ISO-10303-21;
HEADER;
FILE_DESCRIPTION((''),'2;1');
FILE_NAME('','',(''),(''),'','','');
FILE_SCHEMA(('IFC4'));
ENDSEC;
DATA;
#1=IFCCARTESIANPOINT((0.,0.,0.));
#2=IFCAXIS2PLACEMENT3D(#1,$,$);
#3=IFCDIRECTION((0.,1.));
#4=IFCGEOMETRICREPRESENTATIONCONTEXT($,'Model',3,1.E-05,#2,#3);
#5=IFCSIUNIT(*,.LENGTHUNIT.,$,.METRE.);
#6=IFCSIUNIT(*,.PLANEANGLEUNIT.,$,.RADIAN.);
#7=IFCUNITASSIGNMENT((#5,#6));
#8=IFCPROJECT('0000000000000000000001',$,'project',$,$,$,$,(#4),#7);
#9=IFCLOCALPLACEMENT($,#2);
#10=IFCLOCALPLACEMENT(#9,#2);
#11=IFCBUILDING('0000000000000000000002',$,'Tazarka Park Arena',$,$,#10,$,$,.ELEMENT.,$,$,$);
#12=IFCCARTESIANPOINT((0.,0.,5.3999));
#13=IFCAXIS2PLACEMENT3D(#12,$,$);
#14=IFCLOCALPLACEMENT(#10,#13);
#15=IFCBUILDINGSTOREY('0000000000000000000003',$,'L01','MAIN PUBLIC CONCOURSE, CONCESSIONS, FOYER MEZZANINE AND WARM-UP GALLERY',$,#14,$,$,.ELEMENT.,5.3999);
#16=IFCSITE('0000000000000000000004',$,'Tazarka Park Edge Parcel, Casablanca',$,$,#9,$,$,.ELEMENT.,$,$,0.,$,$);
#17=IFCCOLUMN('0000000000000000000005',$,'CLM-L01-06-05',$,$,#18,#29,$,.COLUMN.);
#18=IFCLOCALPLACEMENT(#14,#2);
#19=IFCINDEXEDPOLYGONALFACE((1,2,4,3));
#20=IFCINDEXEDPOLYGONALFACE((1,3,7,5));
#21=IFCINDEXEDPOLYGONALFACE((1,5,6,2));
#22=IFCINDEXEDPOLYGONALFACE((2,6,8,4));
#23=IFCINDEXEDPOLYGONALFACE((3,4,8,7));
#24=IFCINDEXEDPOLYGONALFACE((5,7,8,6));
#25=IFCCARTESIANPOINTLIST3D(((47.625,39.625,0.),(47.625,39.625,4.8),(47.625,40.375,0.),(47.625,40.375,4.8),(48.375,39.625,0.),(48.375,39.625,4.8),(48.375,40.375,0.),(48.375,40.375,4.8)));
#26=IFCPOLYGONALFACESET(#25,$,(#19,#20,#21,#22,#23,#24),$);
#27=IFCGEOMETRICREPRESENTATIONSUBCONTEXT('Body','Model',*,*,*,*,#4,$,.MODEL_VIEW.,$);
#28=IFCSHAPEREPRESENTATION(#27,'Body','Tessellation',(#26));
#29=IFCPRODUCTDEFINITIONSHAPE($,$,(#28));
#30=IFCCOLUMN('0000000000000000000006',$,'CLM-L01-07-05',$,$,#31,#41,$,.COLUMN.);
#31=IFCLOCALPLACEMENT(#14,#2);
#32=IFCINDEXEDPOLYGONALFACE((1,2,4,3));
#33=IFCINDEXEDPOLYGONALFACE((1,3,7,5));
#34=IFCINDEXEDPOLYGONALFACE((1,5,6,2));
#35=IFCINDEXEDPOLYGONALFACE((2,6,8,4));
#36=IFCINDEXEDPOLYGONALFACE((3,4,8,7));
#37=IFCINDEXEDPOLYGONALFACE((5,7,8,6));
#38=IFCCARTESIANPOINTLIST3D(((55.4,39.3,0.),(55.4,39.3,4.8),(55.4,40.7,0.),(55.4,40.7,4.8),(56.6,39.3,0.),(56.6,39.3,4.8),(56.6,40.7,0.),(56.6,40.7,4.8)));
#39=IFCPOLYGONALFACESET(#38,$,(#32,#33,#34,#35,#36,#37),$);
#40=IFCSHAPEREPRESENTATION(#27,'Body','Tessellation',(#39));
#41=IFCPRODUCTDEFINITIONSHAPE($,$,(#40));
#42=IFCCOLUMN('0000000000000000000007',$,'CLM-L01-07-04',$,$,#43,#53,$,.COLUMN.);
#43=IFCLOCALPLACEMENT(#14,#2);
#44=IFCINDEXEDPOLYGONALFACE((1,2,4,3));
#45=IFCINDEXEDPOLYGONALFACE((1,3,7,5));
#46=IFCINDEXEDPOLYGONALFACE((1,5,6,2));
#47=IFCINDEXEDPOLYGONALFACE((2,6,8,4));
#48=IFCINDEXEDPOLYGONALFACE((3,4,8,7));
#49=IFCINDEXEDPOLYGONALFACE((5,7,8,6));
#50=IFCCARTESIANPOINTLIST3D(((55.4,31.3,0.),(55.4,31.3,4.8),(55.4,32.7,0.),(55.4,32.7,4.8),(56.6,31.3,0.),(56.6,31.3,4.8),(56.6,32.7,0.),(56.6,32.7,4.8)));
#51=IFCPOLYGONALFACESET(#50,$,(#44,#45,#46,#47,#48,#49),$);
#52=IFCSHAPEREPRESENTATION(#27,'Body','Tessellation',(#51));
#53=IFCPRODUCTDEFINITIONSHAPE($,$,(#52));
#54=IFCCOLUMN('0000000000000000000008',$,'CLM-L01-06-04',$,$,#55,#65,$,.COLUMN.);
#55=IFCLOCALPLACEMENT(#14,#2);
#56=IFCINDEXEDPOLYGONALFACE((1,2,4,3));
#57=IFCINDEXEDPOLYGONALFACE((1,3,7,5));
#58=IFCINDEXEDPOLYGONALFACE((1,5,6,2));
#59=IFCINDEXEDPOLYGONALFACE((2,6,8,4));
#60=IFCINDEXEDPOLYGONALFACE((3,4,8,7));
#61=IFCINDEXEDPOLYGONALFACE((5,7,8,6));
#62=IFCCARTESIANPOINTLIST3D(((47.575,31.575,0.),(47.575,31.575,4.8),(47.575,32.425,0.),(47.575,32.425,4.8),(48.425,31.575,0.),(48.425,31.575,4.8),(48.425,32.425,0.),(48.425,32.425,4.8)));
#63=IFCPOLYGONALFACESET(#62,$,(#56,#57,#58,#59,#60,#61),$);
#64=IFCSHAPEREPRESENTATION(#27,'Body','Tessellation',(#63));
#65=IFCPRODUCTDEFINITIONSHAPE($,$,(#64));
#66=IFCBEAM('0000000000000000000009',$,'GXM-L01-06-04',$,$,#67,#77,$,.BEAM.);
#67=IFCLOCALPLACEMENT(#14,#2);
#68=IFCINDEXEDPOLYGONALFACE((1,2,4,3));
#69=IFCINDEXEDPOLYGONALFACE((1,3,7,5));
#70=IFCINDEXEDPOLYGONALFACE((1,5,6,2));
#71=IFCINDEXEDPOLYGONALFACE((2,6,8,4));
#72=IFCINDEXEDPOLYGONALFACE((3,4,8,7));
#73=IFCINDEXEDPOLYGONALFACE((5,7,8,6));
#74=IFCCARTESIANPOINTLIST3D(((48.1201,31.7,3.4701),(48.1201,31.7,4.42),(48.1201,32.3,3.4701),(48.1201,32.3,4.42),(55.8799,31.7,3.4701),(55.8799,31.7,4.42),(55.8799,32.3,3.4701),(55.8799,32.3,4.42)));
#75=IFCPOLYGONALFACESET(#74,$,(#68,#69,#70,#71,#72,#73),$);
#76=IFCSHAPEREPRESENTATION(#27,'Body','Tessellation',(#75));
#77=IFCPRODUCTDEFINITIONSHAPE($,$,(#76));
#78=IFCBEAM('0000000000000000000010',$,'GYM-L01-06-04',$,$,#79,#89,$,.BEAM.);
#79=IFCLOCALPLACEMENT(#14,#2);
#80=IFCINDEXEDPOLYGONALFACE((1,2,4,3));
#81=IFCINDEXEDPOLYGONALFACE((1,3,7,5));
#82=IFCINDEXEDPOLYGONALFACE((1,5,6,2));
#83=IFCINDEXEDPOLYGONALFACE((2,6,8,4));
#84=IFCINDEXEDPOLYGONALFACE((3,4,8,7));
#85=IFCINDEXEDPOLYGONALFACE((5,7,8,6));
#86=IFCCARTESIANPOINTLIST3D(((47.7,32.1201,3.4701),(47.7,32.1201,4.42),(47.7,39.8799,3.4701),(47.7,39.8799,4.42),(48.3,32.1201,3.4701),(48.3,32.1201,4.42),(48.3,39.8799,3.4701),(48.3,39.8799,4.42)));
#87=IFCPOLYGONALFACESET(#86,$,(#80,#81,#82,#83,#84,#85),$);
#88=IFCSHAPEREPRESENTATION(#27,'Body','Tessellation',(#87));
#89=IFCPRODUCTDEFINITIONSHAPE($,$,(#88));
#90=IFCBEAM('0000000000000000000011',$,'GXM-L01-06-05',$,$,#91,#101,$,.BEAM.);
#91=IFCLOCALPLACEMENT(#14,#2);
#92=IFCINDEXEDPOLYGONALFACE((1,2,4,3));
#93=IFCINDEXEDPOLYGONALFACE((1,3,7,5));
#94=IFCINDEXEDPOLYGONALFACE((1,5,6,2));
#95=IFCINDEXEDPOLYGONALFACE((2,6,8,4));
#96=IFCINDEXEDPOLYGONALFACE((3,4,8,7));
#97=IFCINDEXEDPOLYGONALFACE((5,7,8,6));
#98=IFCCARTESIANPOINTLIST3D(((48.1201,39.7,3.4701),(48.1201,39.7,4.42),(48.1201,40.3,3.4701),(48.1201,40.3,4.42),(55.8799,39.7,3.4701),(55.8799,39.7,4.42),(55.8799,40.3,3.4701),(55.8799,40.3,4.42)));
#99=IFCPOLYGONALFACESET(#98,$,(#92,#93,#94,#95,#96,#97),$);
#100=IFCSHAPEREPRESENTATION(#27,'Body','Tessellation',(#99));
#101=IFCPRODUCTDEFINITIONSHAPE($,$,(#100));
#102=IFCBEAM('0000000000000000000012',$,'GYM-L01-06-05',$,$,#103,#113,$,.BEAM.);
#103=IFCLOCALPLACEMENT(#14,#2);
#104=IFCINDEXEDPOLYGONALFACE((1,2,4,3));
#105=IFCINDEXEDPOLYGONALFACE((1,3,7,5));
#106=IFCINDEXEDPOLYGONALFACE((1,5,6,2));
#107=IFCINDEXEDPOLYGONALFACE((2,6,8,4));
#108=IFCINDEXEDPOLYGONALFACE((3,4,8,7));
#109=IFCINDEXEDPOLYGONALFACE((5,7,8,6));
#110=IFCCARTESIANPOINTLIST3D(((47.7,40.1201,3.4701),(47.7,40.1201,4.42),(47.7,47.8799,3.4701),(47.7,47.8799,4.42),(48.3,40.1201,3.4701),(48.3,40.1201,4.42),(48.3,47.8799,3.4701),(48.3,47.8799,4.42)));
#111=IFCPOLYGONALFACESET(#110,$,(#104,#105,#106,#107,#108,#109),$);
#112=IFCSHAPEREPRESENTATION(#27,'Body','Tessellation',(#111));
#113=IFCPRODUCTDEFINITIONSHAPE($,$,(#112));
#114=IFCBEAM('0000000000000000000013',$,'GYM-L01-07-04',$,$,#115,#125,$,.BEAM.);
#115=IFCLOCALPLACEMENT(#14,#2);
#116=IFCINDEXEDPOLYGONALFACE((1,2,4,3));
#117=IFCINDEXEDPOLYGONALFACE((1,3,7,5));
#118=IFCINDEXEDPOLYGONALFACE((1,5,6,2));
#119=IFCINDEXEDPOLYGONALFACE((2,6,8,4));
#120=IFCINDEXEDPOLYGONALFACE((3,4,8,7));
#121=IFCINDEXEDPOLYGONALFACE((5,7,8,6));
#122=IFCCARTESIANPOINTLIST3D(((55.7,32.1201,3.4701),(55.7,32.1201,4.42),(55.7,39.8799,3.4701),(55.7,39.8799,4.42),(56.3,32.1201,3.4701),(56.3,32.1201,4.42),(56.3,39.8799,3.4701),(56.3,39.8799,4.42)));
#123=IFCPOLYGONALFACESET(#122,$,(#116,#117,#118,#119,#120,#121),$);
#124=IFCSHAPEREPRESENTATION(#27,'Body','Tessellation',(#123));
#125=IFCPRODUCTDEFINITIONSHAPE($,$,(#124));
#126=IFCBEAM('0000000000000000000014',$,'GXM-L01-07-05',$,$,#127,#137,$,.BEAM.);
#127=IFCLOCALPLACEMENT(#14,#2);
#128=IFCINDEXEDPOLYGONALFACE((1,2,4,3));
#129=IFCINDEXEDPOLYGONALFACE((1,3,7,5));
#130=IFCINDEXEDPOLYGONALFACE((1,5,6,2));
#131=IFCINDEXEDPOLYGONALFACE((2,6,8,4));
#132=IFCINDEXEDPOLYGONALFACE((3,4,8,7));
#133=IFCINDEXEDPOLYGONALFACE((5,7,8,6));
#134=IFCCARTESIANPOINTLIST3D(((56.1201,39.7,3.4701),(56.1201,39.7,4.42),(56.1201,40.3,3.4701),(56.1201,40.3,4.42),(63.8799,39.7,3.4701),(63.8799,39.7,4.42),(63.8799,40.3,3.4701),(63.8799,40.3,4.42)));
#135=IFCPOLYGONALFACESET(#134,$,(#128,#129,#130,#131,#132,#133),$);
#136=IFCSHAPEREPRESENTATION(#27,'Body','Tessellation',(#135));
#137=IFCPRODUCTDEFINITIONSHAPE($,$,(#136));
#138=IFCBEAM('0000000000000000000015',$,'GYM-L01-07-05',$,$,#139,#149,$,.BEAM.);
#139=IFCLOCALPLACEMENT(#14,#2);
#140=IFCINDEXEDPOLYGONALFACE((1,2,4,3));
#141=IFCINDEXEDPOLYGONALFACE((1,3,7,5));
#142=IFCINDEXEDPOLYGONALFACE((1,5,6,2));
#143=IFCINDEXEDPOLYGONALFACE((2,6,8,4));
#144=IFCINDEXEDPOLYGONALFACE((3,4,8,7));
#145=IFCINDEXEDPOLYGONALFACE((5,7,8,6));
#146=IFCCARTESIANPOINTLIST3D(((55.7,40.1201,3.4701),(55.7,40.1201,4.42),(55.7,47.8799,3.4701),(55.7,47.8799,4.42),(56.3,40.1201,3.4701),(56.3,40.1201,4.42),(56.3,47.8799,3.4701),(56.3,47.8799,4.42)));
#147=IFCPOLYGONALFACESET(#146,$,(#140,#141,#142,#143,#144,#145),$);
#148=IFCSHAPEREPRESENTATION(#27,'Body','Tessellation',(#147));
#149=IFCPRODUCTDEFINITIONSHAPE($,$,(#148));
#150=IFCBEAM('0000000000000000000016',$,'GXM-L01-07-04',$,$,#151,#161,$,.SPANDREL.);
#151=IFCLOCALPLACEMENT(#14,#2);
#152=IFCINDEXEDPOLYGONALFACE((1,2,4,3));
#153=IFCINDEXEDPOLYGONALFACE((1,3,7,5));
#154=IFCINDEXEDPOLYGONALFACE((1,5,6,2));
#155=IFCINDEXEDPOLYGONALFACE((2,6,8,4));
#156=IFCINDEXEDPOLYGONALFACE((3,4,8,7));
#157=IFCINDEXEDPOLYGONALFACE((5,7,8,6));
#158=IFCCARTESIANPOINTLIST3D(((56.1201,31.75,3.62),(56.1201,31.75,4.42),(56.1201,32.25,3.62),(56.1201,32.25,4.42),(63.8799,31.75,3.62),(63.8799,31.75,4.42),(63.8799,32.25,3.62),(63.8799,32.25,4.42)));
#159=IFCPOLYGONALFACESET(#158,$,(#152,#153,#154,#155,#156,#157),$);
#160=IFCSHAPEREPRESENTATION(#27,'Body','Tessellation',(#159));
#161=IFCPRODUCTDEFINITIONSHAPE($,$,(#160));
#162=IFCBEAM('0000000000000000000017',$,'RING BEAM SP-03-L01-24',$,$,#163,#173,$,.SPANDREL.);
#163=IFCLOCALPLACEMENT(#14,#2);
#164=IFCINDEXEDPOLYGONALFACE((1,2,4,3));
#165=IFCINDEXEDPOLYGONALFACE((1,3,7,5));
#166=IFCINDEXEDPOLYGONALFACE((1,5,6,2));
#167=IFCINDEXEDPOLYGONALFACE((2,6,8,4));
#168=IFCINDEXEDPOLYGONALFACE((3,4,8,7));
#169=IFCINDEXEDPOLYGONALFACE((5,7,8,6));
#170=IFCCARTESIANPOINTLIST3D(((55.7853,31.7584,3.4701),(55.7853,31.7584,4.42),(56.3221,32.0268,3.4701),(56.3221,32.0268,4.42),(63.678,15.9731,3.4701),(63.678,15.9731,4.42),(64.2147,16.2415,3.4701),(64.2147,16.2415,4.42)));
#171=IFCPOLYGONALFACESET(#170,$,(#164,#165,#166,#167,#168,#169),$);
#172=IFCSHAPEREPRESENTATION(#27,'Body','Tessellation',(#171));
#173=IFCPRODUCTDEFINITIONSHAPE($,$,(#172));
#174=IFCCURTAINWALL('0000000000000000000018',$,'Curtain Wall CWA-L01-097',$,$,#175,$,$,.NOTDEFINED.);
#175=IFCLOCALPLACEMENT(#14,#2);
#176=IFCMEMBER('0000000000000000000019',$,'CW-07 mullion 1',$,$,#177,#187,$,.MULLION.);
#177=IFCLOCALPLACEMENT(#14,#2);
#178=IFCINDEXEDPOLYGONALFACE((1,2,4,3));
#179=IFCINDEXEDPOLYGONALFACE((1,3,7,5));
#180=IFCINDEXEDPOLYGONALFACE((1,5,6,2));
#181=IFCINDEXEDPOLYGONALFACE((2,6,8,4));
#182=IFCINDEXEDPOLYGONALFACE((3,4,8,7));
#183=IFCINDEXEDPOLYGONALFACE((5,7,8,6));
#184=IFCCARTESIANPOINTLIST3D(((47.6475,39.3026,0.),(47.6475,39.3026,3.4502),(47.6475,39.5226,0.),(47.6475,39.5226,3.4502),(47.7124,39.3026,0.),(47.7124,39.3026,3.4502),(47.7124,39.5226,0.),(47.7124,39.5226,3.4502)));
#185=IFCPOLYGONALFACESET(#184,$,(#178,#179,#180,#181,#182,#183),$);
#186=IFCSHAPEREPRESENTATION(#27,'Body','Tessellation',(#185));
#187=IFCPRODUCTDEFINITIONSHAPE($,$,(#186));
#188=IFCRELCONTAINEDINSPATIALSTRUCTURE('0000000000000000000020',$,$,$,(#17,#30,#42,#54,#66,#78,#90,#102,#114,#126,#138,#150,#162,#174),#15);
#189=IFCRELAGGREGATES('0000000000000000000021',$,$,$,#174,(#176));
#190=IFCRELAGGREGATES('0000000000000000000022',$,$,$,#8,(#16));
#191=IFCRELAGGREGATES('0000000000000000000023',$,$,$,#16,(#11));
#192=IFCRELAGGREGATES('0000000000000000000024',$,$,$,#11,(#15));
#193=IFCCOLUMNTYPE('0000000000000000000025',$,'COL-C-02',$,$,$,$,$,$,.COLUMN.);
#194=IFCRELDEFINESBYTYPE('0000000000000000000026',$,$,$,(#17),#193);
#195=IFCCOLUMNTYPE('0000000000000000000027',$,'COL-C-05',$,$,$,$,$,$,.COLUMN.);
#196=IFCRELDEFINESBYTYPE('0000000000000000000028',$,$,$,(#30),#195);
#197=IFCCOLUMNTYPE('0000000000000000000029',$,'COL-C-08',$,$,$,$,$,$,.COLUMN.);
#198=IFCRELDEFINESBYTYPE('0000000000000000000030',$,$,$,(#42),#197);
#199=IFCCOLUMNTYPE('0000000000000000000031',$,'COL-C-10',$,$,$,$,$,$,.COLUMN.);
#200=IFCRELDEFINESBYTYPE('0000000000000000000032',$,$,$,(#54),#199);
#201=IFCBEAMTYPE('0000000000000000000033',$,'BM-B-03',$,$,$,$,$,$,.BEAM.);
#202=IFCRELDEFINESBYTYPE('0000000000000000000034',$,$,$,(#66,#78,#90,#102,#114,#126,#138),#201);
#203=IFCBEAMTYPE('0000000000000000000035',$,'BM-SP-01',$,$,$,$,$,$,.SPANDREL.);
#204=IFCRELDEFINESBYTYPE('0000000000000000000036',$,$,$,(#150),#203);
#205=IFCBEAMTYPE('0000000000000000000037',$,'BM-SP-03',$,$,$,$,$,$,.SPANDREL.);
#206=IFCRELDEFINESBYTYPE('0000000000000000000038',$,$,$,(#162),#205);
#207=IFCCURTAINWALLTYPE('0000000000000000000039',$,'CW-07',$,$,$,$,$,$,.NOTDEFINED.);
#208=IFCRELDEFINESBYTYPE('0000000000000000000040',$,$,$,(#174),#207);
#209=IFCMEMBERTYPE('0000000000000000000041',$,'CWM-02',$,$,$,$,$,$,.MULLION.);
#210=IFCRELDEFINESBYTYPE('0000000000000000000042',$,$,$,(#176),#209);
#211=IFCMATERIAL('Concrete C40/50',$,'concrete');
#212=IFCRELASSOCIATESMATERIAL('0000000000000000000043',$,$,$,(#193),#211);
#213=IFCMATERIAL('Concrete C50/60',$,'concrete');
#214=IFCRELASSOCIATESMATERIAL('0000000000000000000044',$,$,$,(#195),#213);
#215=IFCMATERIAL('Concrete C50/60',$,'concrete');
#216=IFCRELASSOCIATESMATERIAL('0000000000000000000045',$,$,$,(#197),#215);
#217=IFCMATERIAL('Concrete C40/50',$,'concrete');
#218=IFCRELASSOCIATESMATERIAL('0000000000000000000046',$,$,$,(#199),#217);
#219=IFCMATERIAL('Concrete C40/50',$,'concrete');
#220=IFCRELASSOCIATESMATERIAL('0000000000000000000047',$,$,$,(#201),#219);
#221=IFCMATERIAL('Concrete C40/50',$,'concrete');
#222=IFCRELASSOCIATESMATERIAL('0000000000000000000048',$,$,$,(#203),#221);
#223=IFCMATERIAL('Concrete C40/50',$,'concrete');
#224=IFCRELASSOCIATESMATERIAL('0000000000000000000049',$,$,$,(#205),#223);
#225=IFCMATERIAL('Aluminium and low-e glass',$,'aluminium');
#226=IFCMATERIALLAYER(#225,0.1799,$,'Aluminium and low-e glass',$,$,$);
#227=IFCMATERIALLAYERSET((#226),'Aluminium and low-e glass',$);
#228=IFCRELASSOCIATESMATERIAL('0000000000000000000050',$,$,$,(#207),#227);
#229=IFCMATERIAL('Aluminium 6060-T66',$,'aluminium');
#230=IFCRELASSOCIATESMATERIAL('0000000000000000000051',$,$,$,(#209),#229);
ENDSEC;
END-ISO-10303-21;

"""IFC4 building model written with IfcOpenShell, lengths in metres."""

from ifc_helpers import new_model, si_unit, direction, frame, origin, origin_2d, place, context, subcontext, project, spatial, rectangle, extrude, material, layer, layer_set, material_profile, profile_set, type_object, element, aggregate, save


model = new_model("IFC4")

# Units and contexts
model_context = context("Model", 3, precision=1e-05, world=origin(), true_north=direction((0.0, 1.0)))
body_context = subcontext(model_context, "Body", "Model", "MODEL_VIEW")
ifc_project = project(units=[si_unit("LENGTHUNIT", "METRE"), si_unit("PLANEANGLEUNIT", "RADIAN")], contexts=[model_context])

# Site, building, storey
site_placement = place(None, origin())
site = spatial("IfcSite", under=ifc_project, at=site_placement, Name="Tazarka Park Edge Parcel, Casablanca", CompositionType="ELEMENT", RefElevation=0.0)
building_placement = place(site_placement, origin())
building = spatial("IfcBuilding", under=site, at=building_placement, Name="Tazarka Park Arena", CompositionType="ELEMENT")
storey_placement = place(building_placement, frame((0.0, 0.0, 5.3999)))
storey = spatial("IfcBuildingStorey", under=building, at=storey_placement, Name="L01", Description="MAIN PUBLIC CONCOURSE, CONCESSIONS, FOYER MEZZANINE AND WARM-UP GALLERY", CompositionType="ELEMENT", Elevation=5.3999)

# Columns
ifc_material_1 = material(Name="Concrete C40/50", Category="concrete")
ifc_material_profile_1 = material_profile(ifc_material_1, rectangle(XDim=0.75, YDim=0.75, at=origin_2d()), Name="Concrete C40/50")
ifc_profile_set_1 = profile_set([ifc_material_profile_1], Name="Concrete C40/50")
column_type_1 = type_object("IfcColumnType", Name="COL-C-02", PredefinedType="COLUMN", material=ifc_profile_set_1)
column_1_placement = place(storey_placement, frame((48.0, 40.0, 0.0), z_axis=(0.0, 0.0, 1.0), x_axis=(1.0, 0.0, 0.0)))
element("IfcColumn", 1, at=column_1_placement, inside=storey, type_object=column_type_1, Name="CLM-L01-06-05", PredefinedType="COLUMN", context=body_context, shape_type="SweptSolid", body=[
    extrude(rectangle(XDim=0.75, YDim=0.75, at=origin_2d()), origin(), (0.0, 0.0, 1.0), 4.8),
])
ifc_material_2 = material(Name="Concrete C50/60", Category="concrete")
ifc_material_profile_2 = material_profile(ifc_material_2, rectangle(XDim=1.2, YDim=1.3999, at=origin_2d()), Name="Concrete C50/60")
ifc_profile_set_2 = profile_set([ifc_material_profile_2], Name="Concrete C50/60")
column_type_2 = type_object("IfcColumnType", Name="COL-C-05", PredefinedType="COLUMN", material=ifc_profile_set_2)
column_2_placement = place(storey_placement, frame((56.0, 40.0, 0.0), z_axis=(0.0, 0.0, 1.0), x_axis=(1.0, 0.0, 0.0)))
element("IfcColumn", 2, at=column_2_placement, inside=storey, type_object=column_type_2, Name="CLM-L01-07-05", PredefinedType="COLUMN", context=body_context, shape_type="SweptSolid", body=[
    extrude(rectangle(XDim=1.2, YDim=1.3999, at=origin_2d()), origin(), (0.0, 0.0, 1.0), 4.8),
])
ifc_material_3 = material(Name="Concrete C50/60", Category="concrete")
ifc_material_profile_3 = material_profile(ifc_material_3, rectangle(XDim=1.2, YDim=1.3999, at=origin_2d()), Name="Concrete C50/60")
ifc_profile_set_3 = profile_set([ifc_material_profile_3], Name="Concrete C50/60")
column_type_3 = type_object("IfcColumnType", Name="COL-C-08", PredefinedType="COLUMN", material=ifc_profile_set_3)
column_3_placement = place(storey_placement, frame((56.0, 32.0, 0.0), z_axis=(0.0, 0.0, 1.0), x_axis=(1.0, 0.0, 0.0)))
element("IfcColumn", 3, at=column_3_placement, inside=storey, type_object=column_type_3, Name="CLM-L01-07-04", PredefinedType="COLUMN", context=body_context, shape_type="SweptSolid", body=[
    extrude(rectangle(XDim=1.2, YDim=1.3999, at=origin_2d()), origin(), (0.0, 0.0, 1.0), 4.8),
])
ifc_material_4 = material(Name="Concrete C40/50", Category="concrete")
ifc_material_profile_4 = material_profile(ifc_material_4, rectangle(XDim=0.8501, YDim=0.8501, at=origin_2d()), Name="Concrete C40/50")
ifc_profile_set_4 = profile_set([ifc_material_profile_4], Name="Concrete C40/50")
column_type_4 = type_object("IfcColumnType", Name="COL-C-10", PredefinedType="COLUMN", material=ifc_profile_set_4)
column_4_placement = place(storey_placement, frame((48.0, 32.0, 0.0), z_axis=(0.0, 0.0, 1.0), x_axis=(1.0, 0.0, 0.0)))
element("IfcColumn", 4, at=column_4_placement, inside=storey, type_object=column_type_4, Name="CLM-L01-06-04", PredefinedType="COLUMN", context=body_context, shape_type="SweptSolid", body=[
    extrude(rectangle(XDim=0.8501, YDim=0.8501, at=origin_2d()), origin(), (0.0, 0.0, 1.0), 4.8),
])

# Beams
ifc_material_5 = material(Name="Concrete C40/50", Category="concrete")
ifc_material_profile_5 = material_profile(ifc_material_5, rectangle(XDim=0.6001, YDim=0.95, at=origin_2d()), Name="Concrete C40/50")
ifc_profile_set_5 = profile_set([ifc_material_profile_5], Name="Concrete C40/50")
beam_type_1 = type_object("IfcBeamType", Name="BM-B-03", PredefinedType="BEAM", material=ifc_profile_set_5)
for number, where, z_axis, x_axis, name in (
    (5, (48.1201, 32.0, 3.9451), (1.0, 0.0, 0.0), (0.0, 1.0, 0.0), "GXM-L01-06-04"),
    (6, (48.0, 32.1201, 3.9451), (0.0, 1.0, 0.0), (-1.0, 0.0, 0.0), "GYM-L01-06-04"),
    (7, (48.1201, 40.0, 3.9451), (1.0, 0.0, 0.0), (0.0, 1.0, 0.0), "GXM-L01-06-05"),
    (8, (48.0, 40.1201, 3.9451), (0.0, 1.0, 0.0), (-1.0, 0.0, 0.0), "GYM-L01-06-05"),
    (9, (56.0, 32.1201, 3.9451), (0.0, 1.0, 0.0), (-1.0, 0.0, 0.0), "GYM-L01-07-04"),
    (10, (56.1201, 40.0, 3.9451), (1.0, 0.0, 0.0), (0.0, 1.0, 0.0), "GXM-L01-07-05"),
    (11, (56.0, 40.1201, 3.9451), (0.0, 1.0, 0.0), (-1.0, 0.0, 0.0), "GYM-L01-07-05"),
):
    element("IfcBeam", number, at=place(storey_placement, frame(where, z_axis=z_axis, x_axis=x_axis)), inside=storey, type_object=beam_type_1, Name=name, PredefinedType="BEAM", context=body_context, shape_type="SweptSolid", body=[
        extrude(rectangle(XDim=0.6001, YDim=0.95, at=origin_2d()), origin(), (0.0, 0.0, 1.0), 7.7598),
    ])
ifc_material_6 = material(Name="Concrete C40/50", Category="concrete")
ifc_material_profile_6 = material_profile(ifc_material_6, rectangle(XDim=0.5, YDim=0.8, at=origin_2d()), Name="Concrete C40/50")
ifc_profile_set_6 = profile_set([ifc_material_profile_6], Name="Concrete C40/50")
beam_type_2 = type_object("IfcBeamType", Name="BM-SP-01", PredefinedType="SPANDREL", material=ifc_profile_set_6)
beam_1_placement = place(storey_placement, frame((56.1201, 32.0, 4.02), z_axis=(1.0, 0.0, 0.0), x_axis=(0.0, 1.0, 0.0)))
element("IfcBeam", 12, at=beam_1_placement, inside=storey, type_object=beam_type_2, Name="GXM-L01-07-04", PredefinedType="SPANDREL", context=body_context, shape_type="SweptSolid", body=[
    extrude(rectangle(XDim=0.5, YDim=0.8, at=origin_2d()), origin(), (0.0, 0.0, 1.0), 7.7598),
])
ifc_material_7 = material(Name="Concrete C40/50", Category="concrete")
ifc_material_profile_7 = material_profile(ifc_material_7, rectangle(XDim=0.6001, YDim=0.95, at=origin_2d()), Name="Concrete C40/50")
ifc_profile_set_7 = profile_set([ifc_material_profile_7], Name="Concrete C40/50")
beam_type_3 = type_object("IfcBeamType", Name="BM-SP-03", PredefinedType="SPANDREL", material=ifc_profile_set_7)
beam_2_placement = place(storey_placement, frame((56.0537, 31.8926, 3.9451), z_axis=(0.447214, -0.894427, 0.0), x_axis=(0.894427, 0.447214, 0.0)))
element("IfcBeam", 13, at=beam_2_placement, inside=storey, type_object=beam_type_3, Name="RING BEAM SP-03-L01-24", PredefinedType="SPANDREL", context=body_context, shape_type="SweptSolid", body=[
    extrude(rectangle(XDim=0.6001, YDim=0.95, at=origin_2d()), origin(), (0.0, 0.0, 1.0), 17.6484),
])

# Curtain wall, member
ifc_material_8 = material(Name="Aluminium and low-e glass", Category="aluminium")
ifc_layer_1 = layer(ifc_material_8, 0.1799, Name="Aluminium and low-e glass")
ifc_layer_set_1 = layer_set([ifc_layer_1], Name="Aluminium and low-e glass")
curtain_wall_type = type_object("IfcCurtainWallType", Name="CW-07", PredefinedType="NOTDEFINED", material=ifc_layer_set_1)
curtain_wall_placement = place(storey_placement, origin())
curtain_wall = element("IfcCurtainWall", 14, at=curtain_wall_placement, inside=storey, type_object=curtain_wall_type, Name="Curtain Wall CWA-L01-097", PredefinedType="NOTDEFINED")
ifc_material_9 = material(Name="Aluminium 6060-T66", Category="aluminium")
ifc_material_profile_8 = material_profile(ifc_material_9, rectangle(XDim=0.0649, YDim=0.22, at=origin_2d()), Name="Aluminium 6060-T66")
ifc_profile_set_8 = profile_set([ifc_material_profile_8], Name="Aluminium 6060-T66")
member_type_1 = type_object("IfcMemberType", Name="CWM-02", PredefinedType="MULLION", material=ifc_profile_set_8)
member_1_placement = place(storey_placement, frame((47.6799, 39.4126, 0.0), z_axis=(0.0, 0.0, 1.0), x_axis=(1.0, 0.0, 0.0)))
member_1 = element("IfcMember", 15, at=member_1_placement, type_object=member_type_1, Name="CW-07 mullion 1", PredefinedType="MULLION", context=body_context, shape_type="SweptSolid", body=[
    extrude(rectangle(XDim=0.0649, YDim=0.22, at=origin_2d()), origin(), (0.0, 0.0, 1.0), 3.4502),
])
aggregate(curtain_wall, [member_1])

save(model, "model.ifc")
